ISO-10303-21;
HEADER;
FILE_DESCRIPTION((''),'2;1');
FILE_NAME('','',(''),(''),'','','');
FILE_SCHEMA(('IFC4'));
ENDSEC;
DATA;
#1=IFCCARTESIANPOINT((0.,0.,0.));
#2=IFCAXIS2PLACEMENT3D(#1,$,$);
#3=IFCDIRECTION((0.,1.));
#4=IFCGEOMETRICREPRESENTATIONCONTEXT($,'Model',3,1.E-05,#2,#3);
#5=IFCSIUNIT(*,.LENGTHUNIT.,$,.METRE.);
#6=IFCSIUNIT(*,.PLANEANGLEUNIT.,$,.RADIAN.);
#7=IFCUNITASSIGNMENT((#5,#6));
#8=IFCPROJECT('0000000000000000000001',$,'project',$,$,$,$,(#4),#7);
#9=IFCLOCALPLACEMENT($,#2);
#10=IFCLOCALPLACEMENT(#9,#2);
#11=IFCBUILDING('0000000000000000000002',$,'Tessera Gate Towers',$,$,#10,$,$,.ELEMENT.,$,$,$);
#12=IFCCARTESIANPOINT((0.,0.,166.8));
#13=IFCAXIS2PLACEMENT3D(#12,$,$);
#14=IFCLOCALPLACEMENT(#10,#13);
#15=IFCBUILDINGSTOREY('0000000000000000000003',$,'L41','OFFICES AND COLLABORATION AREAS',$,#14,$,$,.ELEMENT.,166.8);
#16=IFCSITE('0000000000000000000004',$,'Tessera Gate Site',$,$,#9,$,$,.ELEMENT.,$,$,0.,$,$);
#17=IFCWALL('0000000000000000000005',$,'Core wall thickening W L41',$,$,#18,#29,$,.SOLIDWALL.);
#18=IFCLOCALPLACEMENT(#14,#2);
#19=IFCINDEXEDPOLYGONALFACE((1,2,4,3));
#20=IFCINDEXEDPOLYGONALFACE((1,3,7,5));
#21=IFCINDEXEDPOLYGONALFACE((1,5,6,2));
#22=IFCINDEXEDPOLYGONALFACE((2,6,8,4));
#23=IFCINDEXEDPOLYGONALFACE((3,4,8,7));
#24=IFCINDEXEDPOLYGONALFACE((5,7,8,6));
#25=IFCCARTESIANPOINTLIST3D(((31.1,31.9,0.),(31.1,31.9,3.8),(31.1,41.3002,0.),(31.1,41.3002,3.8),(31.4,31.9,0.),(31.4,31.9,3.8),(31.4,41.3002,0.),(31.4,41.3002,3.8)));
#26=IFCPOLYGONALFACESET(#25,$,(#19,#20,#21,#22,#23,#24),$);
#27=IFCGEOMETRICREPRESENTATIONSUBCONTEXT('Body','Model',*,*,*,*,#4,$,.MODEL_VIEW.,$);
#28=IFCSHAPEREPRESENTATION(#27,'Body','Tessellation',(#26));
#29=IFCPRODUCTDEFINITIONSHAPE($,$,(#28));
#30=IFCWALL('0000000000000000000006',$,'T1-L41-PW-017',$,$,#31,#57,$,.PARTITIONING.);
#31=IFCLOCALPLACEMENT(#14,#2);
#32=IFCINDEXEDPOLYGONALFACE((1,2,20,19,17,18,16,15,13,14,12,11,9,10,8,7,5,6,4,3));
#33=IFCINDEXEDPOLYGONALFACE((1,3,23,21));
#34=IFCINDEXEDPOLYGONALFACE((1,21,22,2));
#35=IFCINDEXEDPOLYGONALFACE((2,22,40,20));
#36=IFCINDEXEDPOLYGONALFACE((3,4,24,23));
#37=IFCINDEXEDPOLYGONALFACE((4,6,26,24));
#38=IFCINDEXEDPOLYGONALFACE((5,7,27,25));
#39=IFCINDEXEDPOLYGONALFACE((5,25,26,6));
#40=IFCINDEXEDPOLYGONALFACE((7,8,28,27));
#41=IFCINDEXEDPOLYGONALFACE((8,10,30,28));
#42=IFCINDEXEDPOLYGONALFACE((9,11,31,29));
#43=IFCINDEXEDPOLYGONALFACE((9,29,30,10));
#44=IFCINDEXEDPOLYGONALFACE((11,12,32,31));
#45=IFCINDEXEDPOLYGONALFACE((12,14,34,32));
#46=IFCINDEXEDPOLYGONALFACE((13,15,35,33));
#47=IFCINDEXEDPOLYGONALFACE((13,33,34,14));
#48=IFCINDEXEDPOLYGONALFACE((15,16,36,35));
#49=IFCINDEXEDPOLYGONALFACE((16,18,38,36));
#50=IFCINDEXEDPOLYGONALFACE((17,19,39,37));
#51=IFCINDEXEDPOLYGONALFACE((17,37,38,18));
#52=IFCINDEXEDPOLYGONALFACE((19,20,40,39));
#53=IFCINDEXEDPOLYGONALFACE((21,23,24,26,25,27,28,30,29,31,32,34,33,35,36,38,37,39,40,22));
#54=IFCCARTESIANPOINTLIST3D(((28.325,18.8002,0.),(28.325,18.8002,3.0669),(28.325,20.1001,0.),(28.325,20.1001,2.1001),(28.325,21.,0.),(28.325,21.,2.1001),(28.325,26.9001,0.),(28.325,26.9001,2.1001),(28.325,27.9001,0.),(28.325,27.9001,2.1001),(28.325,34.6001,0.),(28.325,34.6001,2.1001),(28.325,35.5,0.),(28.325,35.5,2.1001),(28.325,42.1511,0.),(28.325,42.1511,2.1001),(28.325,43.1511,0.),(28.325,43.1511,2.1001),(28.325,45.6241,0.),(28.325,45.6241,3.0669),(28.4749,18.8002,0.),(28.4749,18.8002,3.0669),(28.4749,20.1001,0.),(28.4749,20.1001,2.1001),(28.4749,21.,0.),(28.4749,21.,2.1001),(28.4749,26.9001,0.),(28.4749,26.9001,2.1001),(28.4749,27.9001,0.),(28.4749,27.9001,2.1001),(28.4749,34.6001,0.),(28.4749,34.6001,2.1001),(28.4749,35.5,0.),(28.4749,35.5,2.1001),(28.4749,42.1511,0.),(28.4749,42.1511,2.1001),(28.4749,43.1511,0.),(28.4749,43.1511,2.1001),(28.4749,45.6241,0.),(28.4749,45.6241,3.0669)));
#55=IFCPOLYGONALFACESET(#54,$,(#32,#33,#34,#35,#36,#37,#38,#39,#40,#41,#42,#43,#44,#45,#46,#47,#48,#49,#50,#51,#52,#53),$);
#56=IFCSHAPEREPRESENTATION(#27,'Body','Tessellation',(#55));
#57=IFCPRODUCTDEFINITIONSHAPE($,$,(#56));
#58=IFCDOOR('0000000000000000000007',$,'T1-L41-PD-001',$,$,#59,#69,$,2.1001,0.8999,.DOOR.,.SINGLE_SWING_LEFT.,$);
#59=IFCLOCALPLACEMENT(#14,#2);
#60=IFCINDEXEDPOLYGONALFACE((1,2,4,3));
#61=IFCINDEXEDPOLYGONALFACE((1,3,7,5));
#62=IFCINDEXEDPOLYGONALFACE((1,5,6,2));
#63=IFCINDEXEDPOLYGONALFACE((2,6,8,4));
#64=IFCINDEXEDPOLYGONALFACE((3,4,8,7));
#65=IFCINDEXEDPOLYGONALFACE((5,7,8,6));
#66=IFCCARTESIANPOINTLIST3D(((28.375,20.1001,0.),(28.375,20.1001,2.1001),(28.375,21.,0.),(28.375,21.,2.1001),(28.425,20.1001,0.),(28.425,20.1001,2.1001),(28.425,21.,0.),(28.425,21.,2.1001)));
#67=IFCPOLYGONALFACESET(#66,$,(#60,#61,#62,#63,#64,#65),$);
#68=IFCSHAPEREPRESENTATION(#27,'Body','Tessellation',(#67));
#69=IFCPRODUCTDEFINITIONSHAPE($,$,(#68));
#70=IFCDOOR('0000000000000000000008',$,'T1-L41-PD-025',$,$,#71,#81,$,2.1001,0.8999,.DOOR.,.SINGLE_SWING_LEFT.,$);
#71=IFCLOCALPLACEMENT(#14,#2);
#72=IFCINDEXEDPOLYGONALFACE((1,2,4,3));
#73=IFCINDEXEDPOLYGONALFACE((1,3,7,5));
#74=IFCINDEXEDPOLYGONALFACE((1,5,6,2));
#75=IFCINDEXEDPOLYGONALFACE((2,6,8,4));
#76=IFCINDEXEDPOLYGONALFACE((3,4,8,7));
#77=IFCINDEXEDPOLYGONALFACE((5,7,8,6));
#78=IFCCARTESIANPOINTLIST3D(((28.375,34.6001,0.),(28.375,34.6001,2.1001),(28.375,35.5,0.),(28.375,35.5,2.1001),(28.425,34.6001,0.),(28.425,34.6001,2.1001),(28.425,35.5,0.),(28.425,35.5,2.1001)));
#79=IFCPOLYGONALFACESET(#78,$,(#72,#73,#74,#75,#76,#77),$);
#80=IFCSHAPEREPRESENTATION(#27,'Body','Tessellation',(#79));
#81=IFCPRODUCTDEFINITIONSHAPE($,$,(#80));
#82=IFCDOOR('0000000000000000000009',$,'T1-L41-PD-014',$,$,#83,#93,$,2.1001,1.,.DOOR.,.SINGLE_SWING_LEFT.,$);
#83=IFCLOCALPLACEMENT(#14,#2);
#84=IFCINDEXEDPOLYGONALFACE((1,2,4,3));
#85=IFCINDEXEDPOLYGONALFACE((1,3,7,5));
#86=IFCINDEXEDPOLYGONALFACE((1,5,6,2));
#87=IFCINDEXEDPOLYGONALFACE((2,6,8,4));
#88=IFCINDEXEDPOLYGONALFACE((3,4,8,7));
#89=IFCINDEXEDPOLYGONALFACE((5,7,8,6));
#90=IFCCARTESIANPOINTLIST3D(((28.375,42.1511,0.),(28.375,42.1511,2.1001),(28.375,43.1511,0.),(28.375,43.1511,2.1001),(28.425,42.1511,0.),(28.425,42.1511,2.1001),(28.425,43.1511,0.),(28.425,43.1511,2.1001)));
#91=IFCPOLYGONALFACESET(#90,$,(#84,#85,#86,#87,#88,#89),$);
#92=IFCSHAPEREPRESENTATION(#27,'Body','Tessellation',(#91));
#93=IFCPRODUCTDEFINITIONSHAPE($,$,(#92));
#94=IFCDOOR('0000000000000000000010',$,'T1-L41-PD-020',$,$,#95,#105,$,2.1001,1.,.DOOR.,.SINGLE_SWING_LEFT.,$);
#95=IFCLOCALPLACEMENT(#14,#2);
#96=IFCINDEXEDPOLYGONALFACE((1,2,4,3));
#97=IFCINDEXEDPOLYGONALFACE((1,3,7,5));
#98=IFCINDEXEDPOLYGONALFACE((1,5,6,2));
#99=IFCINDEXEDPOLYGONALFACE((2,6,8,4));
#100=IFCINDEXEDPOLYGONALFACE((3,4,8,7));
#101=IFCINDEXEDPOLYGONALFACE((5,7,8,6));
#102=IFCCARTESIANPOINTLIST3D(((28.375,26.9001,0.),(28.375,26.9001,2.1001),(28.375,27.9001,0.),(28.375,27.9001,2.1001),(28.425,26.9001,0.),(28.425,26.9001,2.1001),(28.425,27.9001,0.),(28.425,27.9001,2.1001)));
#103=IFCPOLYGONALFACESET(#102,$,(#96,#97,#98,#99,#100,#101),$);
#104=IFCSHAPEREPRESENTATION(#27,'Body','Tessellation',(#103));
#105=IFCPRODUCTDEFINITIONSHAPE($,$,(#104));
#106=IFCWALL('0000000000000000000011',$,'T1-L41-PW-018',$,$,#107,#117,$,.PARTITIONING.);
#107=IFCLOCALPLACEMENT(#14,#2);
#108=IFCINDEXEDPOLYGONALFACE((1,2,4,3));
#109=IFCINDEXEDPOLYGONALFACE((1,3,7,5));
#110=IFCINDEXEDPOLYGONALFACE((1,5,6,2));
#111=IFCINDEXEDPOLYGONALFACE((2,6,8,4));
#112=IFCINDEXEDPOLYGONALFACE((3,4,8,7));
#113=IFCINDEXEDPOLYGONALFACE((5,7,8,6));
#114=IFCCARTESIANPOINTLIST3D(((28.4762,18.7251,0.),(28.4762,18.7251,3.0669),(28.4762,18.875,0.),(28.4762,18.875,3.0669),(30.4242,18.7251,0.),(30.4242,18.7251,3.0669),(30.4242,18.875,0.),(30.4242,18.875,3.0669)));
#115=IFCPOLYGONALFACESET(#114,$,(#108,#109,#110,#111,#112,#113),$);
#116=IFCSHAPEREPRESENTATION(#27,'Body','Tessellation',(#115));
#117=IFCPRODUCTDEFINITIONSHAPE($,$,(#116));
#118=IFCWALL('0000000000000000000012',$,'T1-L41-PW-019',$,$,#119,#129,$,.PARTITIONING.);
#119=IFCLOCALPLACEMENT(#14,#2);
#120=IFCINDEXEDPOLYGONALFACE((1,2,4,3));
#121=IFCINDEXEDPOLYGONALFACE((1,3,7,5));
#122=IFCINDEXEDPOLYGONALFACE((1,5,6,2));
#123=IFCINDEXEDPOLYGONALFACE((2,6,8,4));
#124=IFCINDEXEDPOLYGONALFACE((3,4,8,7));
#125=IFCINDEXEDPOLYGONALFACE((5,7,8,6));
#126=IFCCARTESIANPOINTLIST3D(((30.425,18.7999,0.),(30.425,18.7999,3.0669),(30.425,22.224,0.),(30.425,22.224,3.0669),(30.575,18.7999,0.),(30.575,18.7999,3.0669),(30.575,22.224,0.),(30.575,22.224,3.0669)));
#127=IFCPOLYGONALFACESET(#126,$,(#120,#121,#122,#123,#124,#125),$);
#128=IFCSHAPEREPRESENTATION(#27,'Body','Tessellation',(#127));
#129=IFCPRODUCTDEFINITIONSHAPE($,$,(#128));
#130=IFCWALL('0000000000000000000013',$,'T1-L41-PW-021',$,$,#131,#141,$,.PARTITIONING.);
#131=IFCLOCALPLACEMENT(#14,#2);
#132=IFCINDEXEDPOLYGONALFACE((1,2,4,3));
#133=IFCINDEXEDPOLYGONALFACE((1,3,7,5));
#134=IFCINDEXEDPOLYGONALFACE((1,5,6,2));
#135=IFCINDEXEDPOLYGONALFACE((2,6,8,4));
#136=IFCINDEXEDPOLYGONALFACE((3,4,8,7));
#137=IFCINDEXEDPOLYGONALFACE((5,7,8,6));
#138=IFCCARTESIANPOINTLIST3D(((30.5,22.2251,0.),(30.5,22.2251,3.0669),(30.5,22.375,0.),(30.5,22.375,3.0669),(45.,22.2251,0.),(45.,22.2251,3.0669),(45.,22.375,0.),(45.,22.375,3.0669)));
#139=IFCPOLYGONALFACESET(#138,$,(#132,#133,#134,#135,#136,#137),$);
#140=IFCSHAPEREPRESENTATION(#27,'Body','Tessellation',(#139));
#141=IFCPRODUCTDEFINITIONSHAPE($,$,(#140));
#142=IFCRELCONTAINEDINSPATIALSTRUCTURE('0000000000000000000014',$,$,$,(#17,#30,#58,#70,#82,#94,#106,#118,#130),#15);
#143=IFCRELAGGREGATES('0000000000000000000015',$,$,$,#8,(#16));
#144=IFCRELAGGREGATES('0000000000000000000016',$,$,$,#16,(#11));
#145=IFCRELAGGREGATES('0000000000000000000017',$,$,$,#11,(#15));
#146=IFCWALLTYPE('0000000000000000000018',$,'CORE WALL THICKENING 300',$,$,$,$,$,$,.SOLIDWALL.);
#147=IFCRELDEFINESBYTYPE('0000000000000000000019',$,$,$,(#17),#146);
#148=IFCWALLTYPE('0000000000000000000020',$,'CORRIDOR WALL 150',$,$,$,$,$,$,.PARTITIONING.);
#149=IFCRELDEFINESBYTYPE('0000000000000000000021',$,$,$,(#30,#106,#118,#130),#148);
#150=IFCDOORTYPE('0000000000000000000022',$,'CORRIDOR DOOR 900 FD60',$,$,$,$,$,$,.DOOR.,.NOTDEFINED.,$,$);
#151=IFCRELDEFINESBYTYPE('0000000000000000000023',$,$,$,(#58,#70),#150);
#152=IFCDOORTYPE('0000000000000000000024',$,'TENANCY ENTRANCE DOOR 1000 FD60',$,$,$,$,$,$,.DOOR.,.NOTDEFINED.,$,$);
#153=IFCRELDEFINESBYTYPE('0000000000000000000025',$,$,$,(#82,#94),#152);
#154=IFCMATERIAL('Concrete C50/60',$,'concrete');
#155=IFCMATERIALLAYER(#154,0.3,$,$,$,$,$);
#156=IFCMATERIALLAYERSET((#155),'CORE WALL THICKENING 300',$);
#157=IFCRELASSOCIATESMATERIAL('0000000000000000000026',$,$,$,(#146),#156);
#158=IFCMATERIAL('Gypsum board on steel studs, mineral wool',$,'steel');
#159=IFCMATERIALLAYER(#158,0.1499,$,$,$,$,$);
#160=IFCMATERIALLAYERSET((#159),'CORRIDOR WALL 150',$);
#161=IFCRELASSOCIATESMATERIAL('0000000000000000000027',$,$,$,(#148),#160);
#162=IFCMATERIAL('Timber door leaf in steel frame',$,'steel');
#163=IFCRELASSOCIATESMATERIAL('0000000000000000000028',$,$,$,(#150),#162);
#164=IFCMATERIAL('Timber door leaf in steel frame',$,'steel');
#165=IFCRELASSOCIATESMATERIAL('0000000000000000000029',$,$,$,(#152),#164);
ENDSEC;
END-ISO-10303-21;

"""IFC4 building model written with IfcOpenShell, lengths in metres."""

from ifc_helpers import new_model, si_unit, direction, frame, frame_2d, origin, place, context, subcontext, project, spatial, rectangle, extrude, source, transform, mapped, material, layer, layer_set, type_object, element, fill, save


model = new_model("IFC4")

# Units and contexts
model_context = context("Model", 3, precision=1e-05, world=origin(), true_north=direction((0.0, 1.0)))
body_context = subcontext(model_context, "Body", "Model", "MODEL_VIEW")
ifc_project = project(units=[si_unit("LENGTHUNIT", "METRE"), si_unit("PLANEANGLEUNIT", "RADIAN")], contexts=[model_context])

# Site, building, storey
site_placement = place(None, origin())
site = spatial("IfcSite", under=ifc_project, at=site_placement, Name="Tessera Gate Site", CompositionType="ELEMENT", RefElevation=0.0)
building_placement = place(site_placement, origin())
building = spatial("IfcBuilding", under=site, at=building_placement, Name="Tessera Gate Towers", CompositionType="ELEMENT")
storey_placement = place(building_placement, frame((0.0, 0.0, 166.8)))
storey = spatial("IfcBuildingStorey", under=building, at=storey_placement, Name="L41", Description="OFFICES AND COLLABORATION AREAS", CompositionType="ELEMENT", Elevation=166.8)

# Shared definitions
shared_shape_1 = source(origin(), body_context, "Body", "SweptSolid", [
    extrude(rectangle(XDim=0.8999, YDim=2.1001, at=frame_2d((0.45, 1.05))), frame((0.0, 0.0249, 0.0), z_axis=(0.0, -1.0, 0.0), x_axis=(1.0, 0.0, 0.0)), (0.0, 0.0, 1.0), 0.05),
])

# Wall
ifc_material_1 = material(Name="Concrete C50/60", Category="concrete")
ifc_layer_1 = layer(ifc_material_1, 0.3)
ifc_layer_set_1 = layer_set([ifc_layer_1], Name="CORE WALL THICKENING 300")
wall_type_1 = type_object("IfcWallType", Name="CORE WALL THICKENING 300", PredefinedType="SOLIDWALL", material=ifc_layer_set_1)
wall_1_placement = place(storey_placement, frame((31.25, 31.8999, 0.0), z_axis=(0.0, 0.0, 1.0), x_axis=(0.0, 1.0, 0.0)))
element("IfcWall", 1, at=wall_1_placement, inside=storey, type_object=wall_type_1, Name="Core wall thickening W L41", PredefinedType="SOLIDWALL", context=body_context, shape_type="SweptSolid", body=[
    extrude(rectangle(XDim=9.4001, YDim=0.3, at=frame_2d((4.7002, 0.0))), origin(), (0.0, 0.0, 1.0), 3.8),
])

# Wall, openings, doors
ifc_material_2 = material(Name="Gypsum board on steel studs, mineral wool", Category="steel")
ifc_layer_2 = layer(ifc_material_2, 0.1499)
ifc_layer_set_2 = layer_set([ifc_layer_2], Name="CORRIDOR WALL 150")
wall_type_2 = type_object("IfcWallType", Name="CORRIDOR WALL 150", PredefinedType="PARTITIONING", material=ifc_layer_set_2)
wall_2_placement = place(storey_placement, frame((28.3999, 18.8, 0.0), z_axis=(0.0, 0.0, 1.0), x_axis=(0.0, 1.0, 0.0)))
wall_2 = element("IfcWall", 2, at=wall_2_placement, inside=storey, type_object=wall_type_2, Name="T1-L41-PW-017", PredefinedType="PARTITIONING", context=body_context, shape_type="SweptSolid", body=[
    extrude(rectangle(XDim=26.824, YDim=0.1499, at=frame_2d((13.4121, 0.0))), origin(), (0.0, 0.0, 1.0), 3.0669),
])
shared_shape_2 = source(origin(), body_context, "Body", "SweptSolid", [
    extrude(rectangle(XDim=0.8999, YDim=2.1001, at=frame_2d((0.45, 1.05))), frame((0.0, 0.085, 0.0), z_axis=(0.0, -1.0, 0.0), x_axis=(1.0, 0.0, 0.0)), (0.0, 0.0, 1.0), 0.1699),
])
opening_1_placement = place(wall_2_placement, frame((1.3, 0.0, 0.0)))
opening_1 = element("IfcOpeningElement", 3, at=opening_1_placement, cuts=wall_2, PredefinedType="OPENING", context=body_context, shape_type="MappedRepresentation", body=[
    mapped(shared_shape_2, transform((0.0, 0.0, 0.0), scale=1.0)),
])
shared_shape_3 = source(origin(), body_context, "Body", "SweptSolid", [
    extrude(rectangle(XDim=1.0, YDim=2.1001, at=frame_2d((0.5, 1.05))), frame((0.0, 0.085, 0.0), z_axis=(0.0, -1.0, 0.0), x_axis=(1.0, 0.0, 0.0)), (0.0, 0.0, 1.0), 0.1699),
])
opening_2_placement = place(wall_2_placement, frame((23.3511, 0.0, 0.0)))
opening_2 = element("IfcOpeningElement", 4, at=opening_2_placement, cuts=wall_2, PredefinedType="OPENING", context=body_context, shape_type="MappedRepresentation", body=[
    mapped(shared_shape_3, transform((0.0, 0.0, 0.0), scale=1.0)),
])
opening_3_placement = place(wall_2_placement, frame((8.1001, 0.0, 0.0)))
opening_3 = element("IfcOpeningElement", 5, at=opening_3_placement, cuts=wall_2, PredefinedType="OPENING", context=body_context, shape_type="MappedRepresentation", body=[
    mapped(shared_shape_3, transform((0.0, 0.0, 0.0), scale=1.0)),
])
opening_4_placement = place(wall_2_placement, frame((15.8, 0.0, 0.0)))
opening_4 = element("IfcOpeningElement", 6, at=opening_4_placement, cuts=wall_2, PredefinedType="OPENING", context=body_context, shape_type="MappedRepresentation", body=[
    mapped(shared_shape_2, transform((0.0, 0.0, 0.0), scale=1.0)),
])
ifc_material_3 = material(Name="Timber door leaf in steel frame", Category="steel")
door_type_1 = type_object("IfcDoorType", Name="CORRIDOR DOOR 900 FD60", OperationType="NOTDEFINED", PredefinedType="DOOR", material=ifc_material_3)
door_1_placement = place(opening_1_placement, origin())
door_1 = element("IfcDoor", 7, at=door_1_placement, inside=storey, type_object=door_type_1, Name="T1-L41-PD-001", OperationType="SINGLE_SWING_LEFT", OverallHeight=2.1001, OverallWidth=0.8999, PredefinedType="DOOR", context=body_context, shape_type="MappedRepresentation", body=[
    mapped(shared_shape_1, transform((0.0, 0.0, 0.0), scale=1.0)),
])
fill(opening_1, door_1)
door_2_placement = place(opening_4_placement, origin())
door_2 = element("IfcDoor", 8, at=door_2_placement, inside=storey, type_object=door_type_1, Name="T1-L41-PD-025", OperationType="SINGLE_SWING_LEFT", OverallHeight=2.1001, OverallWidth=0.8999, PredefinedType="DOOR", context=body_context, shape_type="MappedRepresentation", body=[
    mapped(shared_shape_1, transform((0.0, 0.0, 0.0), scale=1.0)),
])
fill(opening_4, door_2)
ifc_material_4 = material(Name="Timber door leaf in steel frame", Category="steel")
door_type_2 = type_object("IfcDoorType", Name="TENANCY ENTRANCE DOOR 1000 FD60", OperationType="NOTDEFINED", PredefinedType="DOOR", material=ifc_material_4)
shared_shape_4 = source(origin(), body_context, "Body", "SweptSolid", [
    extrude(rectangle(XDim=1.0, YDim=2.1001, at=frame_2d((0.5, 1.05))), frame((0.0, 0.0249, 0.0), z_axis=(0.0, -1.0, 0.0), x_axis=(1.0, 0.0, 0.0)), (0.0, 0.0, 1.0), 0.05),
])
door_3_placement = place(opening_2_placement, origin())
door_3 = element("IfcDoor", 9, at=door_3_placement, inside=storey, type_object=door_type_2, Name="T1-L41-PD-014", OperationType="SINGLE_SWING_LEFT", OverallHeight=2.1001, OverallWidth=1.0, PredefinedType="DOOR", context=body_context, shape_type="MappedRepresentation", body=[
    mapped(shared_shape_4, transform((0.0, 0.0, 0.0), scale=1.0)),
])
fill(opening_2, door_3)
door_4_placement = place(opening_3_placement, origin())
door_4 = element("IfcDoor", 10, at=door_4_placement, inside=storey, type_object=door_type_2, Name="T1-L41-PD-020", OperationType="SINGLE_SWING_LEFT", OverallHeight=2.1001, OverallWidth=1.0, PredefinedType="DOOR", context=body_context, shape_type="MappedRepresentation", body=[
    mapped(shared_shape_4, transform((0.0, 0.0, 0.0), scale=1.0)),
])
fill(opening_3, door_4)

# Walls
wall_3_placement = place(storey_placement, frame((28.4761, 18.8, 0.0), z_axis=(0.0, 0.0, 1.0), x_axis=(1.0, 0.0, 0.0)))
element("IfcWall", 11, at=wall_3_placement, inside=storey, type_object=wall_type_2, Name="T1-L41-PW-018", PredefinedType="PARTITIONING", context=body_context, shape_type="SweptSolid", body=[
    extrude(rectangle(XDim=1.948, YDim=0.1499, at=frame_2d((0.9741, 0.0))), origin(), (0.0, 0.0, 1.0), 3.0669),
])
wall_4_placement = place(storey_placement, frame((30.5, 18.8, 0.0), z_axis=(0.0, 0.0, 1.0), x_axis=(0.0, 1.0, 0.0)))
element("IfcWall", 12, at=wall_4_placement, inside=storey, type_object=wall_type_2, Name="T1-L41-PW-019", PredefinedType="PARTITIONING", context=body_context, shape_type="SweptSolid", body=[
    extrude(rectangle(XDim=3.4241, YDim=0.1499, at=frame_2d((1.7119, 0.0))), origin(), (0.0, 0.0, 1.0), 3.0669),
])
wall_5_placement = place(storey_placement, frame((30.5, 22.3, 0.0), z_axis=(0.0, 0.0, 1.0), x_axis=(1.0, 0.0, 0.0)))
element("IfcWall", 13, at=wall_5_placement, inside=storey, type_object=wall_type_2, Name="T1-L41-PW-021", PredefinedType="PARTITIONING", context=body_context, shape_type="SweptSolid", body=[
    extrude(rectangle(XDim=14.5, YDim=0.1499, at=frame_2d((7.25, 0.0))), origin(), (0.0, 0.0, 1.0), 3.0669),
])

save(model, "model.ifc")
